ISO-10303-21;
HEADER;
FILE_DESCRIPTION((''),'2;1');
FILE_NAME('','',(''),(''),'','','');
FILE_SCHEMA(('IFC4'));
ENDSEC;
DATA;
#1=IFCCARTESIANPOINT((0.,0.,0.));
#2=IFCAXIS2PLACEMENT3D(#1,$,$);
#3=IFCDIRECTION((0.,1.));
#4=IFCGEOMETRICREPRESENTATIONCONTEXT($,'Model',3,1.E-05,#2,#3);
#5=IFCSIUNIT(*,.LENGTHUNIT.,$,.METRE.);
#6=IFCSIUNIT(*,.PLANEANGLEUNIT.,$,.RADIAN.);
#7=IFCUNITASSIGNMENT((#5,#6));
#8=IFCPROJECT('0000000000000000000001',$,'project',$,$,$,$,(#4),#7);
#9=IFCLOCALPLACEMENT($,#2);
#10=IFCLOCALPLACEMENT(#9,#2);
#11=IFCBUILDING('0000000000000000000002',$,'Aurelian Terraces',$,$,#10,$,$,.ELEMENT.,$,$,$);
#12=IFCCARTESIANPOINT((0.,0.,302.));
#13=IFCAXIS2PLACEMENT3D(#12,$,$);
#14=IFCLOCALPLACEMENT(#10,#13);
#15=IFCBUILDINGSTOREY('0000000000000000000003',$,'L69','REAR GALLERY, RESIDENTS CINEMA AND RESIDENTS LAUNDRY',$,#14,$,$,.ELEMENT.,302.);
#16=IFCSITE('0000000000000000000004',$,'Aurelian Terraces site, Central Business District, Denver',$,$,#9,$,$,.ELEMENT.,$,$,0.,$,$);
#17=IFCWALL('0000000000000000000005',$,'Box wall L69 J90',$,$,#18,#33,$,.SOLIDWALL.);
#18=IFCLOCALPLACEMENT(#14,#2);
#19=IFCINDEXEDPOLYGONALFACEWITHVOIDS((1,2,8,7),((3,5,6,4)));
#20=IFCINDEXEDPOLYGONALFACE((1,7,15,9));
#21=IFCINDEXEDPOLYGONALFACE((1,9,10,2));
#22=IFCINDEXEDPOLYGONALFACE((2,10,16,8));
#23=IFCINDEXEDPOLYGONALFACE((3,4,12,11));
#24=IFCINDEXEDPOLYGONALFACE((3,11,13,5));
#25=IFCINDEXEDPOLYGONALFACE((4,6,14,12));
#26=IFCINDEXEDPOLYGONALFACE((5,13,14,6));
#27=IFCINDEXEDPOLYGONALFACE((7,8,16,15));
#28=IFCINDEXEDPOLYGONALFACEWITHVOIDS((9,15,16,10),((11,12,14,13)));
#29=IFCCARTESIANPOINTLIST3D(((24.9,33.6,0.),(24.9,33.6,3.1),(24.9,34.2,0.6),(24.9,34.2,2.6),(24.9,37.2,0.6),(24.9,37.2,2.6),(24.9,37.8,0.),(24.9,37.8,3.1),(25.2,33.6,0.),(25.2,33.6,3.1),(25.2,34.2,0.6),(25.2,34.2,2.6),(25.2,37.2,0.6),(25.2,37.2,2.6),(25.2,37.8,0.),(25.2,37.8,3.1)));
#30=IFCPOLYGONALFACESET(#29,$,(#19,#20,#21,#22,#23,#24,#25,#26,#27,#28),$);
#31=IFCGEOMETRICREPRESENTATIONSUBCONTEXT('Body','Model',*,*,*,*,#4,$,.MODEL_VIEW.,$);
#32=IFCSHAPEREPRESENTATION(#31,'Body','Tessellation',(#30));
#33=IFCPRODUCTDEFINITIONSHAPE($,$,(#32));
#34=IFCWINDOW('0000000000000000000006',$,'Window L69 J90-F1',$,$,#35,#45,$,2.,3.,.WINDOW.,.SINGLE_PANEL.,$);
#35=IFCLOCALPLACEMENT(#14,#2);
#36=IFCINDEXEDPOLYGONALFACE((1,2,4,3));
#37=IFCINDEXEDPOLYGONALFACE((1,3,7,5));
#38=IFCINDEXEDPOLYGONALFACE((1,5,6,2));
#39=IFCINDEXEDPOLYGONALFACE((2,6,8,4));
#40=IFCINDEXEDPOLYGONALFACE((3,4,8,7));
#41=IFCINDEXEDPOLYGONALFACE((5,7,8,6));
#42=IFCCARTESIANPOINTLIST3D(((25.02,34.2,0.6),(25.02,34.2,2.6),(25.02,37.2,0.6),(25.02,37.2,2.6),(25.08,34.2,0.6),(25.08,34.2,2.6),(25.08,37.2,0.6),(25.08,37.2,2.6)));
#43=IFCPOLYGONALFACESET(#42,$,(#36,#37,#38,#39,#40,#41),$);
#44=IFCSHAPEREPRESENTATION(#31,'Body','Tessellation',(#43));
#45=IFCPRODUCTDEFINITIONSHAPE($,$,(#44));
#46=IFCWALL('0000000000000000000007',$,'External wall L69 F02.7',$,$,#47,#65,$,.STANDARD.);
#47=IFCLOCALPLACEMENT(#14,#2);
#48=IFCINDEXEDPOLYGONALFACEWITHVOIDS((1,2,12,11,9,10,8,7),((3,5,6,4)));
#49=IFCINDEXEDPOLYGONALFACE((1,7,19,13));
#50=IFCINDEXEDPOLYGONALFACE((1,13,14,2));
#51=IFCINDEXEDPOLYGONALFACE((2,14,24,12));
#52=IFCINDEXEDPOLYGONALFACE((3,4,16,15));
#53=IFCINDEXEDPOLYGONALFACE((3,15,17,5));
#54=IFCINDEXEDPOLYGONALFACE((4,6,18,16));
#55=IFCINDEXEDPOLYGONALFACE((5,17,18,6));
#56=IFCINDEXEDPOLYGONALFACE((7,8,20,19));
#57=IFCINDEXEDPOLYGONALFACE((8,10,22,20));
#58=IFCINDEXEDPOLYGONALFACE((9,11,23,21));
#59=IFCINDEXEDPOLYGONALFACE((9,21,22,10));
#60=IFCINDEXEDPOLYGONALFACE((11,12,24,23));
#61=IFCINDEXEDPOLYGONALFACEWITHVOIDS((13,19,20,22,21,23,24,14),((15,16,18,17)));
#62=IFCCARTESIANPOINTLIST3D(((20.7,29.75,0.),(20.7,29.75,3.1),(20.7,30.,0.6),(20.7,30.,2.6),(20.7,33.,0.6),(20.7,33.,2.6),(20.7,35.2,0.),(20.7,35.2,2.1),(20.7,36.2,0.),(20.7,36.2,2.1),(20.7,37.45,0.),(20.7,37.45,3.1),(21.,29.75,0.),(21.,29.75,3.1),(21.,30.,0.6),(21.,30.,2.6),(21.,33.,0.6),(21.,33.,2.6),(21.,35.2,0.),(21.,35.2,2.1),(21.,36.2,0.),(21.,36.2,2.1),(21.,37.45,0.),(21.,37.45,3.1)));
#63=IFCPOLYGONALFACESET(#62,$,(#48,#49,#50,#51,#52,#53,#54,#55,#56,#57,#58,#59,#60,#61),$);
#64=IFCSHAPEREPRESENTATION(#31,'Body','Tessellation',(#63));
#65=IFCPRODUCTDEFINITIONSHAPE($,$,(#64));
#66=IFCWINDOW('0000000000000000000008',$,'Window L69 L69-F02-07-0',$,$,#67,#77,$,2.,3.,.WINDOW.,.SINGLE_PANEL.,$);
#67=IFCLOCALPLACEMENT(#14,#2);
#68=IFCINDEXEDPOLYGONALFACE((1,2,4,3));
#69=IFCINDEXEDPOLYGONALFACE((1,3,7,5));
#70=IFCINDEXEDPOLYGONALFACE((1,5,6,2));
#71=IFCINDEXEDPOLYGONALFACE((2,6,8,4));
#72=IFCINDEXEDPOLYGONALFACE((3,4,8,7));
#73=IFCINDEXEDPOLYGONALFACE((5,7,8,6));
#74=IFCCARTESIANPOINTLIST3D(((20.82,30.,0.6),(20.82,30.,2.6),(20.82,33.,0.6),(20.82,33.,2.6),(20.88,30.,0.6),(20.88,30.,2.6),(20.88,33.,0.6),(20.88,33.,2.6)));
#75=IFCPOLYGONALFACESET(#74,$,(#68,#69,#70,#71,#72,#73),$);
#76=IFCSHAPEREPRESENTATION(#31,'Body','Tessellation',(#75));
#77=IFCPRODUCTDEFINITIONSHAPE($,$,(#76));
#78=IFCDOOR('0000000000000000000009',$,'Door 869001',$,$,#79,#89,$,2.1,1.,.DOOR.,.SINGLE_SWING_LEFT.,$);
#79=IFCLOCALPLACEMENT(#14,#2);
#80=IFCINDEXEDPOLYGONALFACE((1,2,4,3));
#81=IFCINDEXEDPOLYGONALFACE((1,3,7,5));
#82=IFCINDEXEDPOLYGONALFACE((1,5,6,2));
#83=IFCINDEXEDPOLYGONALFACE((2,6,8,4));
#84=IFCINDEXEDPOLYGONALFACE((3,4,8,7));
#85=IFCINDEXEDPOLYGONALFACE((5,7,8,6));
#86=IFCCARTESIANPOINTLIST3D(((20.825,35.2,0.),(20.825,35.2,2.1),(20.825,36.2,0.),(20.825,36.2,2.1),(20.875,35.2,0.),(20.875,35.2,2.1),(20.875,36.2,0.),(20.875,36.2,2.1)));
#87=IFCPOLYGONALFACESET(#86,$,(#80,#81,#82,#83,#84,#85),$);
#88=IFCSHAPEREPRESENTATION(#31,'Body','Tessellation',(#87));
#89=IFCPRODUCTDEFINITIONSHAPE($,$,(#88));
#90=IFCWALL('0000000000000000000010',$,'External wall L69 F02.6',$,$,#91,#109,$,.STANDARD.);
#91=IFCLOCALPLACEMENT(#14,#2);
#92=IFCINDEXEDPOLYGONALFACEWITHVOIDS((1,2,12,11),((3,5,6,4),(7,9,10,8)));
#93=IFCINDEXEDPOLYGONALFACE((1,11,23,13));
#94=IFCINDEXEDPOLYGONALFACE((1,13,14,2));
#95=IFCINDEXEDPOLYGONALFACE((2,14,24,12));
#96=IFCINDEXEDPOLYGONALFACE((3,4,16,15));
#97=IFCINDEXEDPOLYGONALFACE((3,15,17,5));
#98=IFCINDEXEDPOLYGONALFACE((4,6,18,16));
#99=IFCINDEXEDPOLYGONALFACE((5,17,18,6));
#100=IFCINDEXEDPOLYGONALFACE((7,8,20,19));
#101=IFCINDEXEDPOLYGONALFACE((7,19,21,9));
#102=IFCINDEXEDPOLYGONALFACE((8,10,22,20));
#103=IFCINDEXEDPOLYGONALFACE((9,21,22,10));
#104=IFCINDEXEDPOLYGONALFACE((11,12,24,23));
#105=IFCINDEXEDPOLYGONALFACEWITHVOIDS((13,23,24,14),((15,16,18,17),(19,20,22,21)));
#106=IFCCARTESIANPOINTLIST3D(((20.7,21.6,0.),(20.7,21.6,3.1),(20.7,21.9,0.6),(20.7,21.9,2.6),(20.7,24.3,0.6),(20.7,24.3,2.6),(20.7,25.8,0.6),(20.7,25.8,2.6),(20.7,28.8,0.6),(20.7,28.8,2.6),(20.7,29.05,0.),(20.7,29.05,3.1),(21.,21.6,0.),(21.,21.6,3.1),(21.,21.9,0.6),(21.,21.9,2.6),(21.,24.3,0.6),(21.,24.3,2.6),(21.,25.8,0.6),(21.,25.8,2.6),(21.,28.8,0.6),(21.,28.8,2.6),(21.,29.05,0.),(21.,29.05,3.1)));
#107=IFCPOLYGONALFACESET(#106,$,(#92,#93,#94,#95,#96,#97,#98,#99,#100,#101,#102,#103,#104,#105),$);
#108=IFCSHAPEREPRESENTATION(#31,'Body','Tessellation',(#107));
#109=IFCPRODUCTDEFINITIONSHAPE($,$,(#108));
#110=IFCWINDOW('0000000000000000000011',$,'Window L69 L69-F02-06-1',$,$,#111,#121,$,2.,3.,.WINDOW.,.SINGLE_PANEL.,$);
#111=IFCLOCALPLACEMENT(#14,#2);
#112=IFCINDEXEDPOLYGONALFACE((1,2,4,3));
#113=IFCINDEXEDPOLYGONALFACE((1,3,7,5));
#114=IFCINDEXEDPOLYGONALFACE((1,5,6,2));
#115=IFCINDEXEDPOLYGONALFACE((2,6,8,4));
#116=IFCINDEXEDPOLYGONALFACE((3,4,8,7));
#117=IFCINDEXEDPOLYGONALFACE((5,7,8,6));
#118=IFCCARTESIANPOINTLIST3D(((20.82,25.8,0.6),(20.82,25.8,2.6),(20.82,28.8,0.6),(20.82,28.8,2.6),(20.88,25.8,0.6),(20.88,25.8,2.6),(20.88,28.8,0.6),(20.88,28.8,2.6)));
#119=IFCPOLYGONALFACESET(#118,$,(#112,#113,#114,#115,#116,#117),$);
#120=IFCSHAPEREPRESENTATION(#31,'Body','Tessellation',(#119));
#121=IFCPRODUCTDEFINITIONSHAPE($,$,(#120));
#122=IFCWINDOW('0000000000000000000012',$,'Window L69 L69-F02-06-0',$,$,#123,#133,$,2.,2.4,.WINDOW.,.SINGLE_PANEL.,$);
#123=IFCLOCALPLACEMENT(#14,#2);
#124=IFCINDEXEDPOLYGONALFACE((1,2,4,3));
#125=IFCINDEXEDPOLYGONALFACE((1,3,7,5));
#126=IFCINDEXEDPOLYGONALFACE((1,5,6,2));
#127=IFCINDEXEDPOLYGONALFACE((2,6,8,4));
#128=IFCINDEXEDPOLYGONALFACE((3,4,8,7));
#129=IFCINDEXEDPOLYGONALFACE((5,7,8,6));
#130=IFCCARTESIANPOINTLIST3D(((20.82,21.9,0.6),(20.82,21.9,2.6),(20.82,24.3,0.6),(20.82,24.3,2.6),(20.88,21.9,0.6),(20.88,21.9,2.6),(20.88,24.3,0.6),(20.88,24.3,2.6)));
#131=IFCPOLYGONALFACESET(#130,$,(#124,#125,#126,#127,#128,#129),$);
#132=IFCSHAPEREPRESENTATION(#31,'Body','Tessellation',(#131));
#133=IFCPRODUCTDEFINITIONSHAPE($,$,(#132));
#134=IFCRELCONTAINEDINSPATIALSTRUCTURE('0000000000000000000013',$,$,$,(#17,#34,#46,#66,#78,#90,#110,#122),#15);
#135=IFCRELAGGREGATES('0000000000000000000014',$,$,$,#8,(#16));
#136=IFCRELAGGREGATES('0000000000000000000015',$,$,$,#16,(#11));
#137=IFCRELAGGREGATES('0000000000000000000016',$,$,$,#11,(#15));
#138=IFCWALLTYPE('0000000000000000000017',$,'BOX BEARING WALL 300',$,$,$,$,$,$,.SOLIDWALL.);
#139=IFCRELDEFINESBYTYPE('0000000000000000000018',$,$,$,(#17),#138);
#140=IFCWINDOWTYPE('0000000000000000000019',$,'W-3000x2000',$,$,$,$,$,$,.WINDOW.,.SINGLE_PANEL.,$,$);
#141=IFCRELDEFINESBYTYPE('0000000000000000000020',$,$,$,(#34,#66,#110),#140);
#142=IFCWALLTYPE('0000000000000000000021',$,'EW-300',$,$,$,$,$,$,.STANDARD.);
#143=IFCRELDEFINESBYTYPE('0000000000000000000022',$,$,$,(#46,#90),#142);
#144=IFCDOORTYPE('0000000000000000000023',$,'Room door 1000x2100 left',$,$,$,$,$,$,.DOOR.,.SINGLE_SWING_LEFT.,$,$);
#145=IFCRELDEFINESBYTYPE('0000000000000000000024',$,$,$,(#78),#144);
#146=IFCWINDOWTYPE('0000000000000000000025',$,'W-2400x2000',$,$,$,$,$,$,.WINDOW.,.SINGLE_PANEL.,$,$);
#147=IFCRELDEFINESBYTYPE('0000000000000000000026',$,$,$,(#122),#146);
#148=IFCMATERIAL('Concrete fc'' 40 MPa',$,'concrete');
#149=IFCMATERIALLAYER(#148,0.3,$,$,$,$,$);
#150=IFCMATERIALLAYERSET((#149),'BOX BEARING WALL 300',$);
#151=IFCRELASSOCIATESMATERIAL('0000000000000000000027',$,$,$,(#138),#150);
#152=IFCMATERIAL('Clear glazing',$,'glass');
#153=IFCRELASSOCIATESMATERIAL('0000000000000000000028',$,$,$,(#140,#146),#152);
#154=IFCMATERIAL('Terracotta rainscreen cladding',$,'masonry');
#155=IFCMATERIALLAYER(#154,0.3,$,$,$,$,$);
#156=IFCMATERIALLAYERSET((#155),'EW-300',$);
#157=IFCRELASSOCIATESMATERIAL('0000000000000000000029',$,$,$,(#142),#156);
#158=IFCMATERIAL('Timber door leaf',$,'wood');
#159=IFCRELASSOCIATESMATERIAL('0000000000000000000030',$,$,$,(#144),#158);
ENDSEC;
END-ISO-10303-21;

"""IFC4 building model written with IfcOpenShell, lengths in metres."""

from ifc_helpers import new_model, si_unit, direction, frame, frame_2d, origin, place, context, subcontext, project, spatial, rectangle, extrude, source, transform, mapped, material, layer, layer_set, type_object, element, fill, save


model = new_model("IFC4")

# Units and contexts
model_context = context("Model", 3, precision=1e-05, world=origin(), true_north=direction((0.0, 1.0)))
body_context = subcontext(model_context, "Body", "Model", "MODEL_VIEW")
ifc_project = project(units=[si_unit("LENGTHUNIT", "METRE"), si_unit("PLANEANGLEUNIT", "RADIAN")], contexts=[model_context])

# Site, building, storey
site_placement = place(None, origin())
site = spatial("IfcSite", under=ifc_project, at=site_placement, Name="Aurelian Terraces site, Central Business District, Denver", CompositionType="ELEMENT", RefElevation=0.0)
building_placement = place(site_placement, origin())
building = spatial("IfcBuilding", under=site, at=building_placement, Name="Aurelian Terraces", CompositionType="ELEMENT")
storey_placement = place(building_placement, frame((0.0, 0.0, 302.0)))
storey = spatial("IfcBuildingStorey", under=building, at=storey_placement, Name="L69", Description="REAR GALLERY, RESIDENTS CINEMA AND RESIDENTS LAUNDRY", CompositionType="ELEMENT", Elevation=302.0)

# Wall, opening, window
ifc_material_1 = material(Name="Concrete fc' 40 MPa", Category="concrete")
ifc_layer_1 = layer(ifc_material_1, 0.3)
ifc_layer_set_1 = layer_set([ifc_layer_1], Name="BOX BEARING WALL 300")
wall_type_1 = type_object("IfcWallType", Name="BOX BEARING WALL 300", PredefinedType="SOLIDWALL", material=ifc_layer_set_1)
wall_1_placement = place(storey_placement, frame((25.05, 33.6, 0.0), z_axis=(0.0, 0.0, 1.0), x_axis=(0.0, 1.0, 0.0)))
wall_1 = element("IfcWall", 1, at=wall_1_placement, inside=storey, type_object=wall_type_1, Name="Box wall L69 J90", PredefinedType="SOLIDWALL", context=body_context, shape_type="SweptSolid", body=[
    extrude(rectangle(XDim=4.2, YDim=0.3, at=frame_2d((2.1, 0.0))), origin(), (0.0, 0.0, 1.0), 3.1),
])
shared_shape_1 = source(origin(), body_context, "Body", "SweptSolid", [
    extrude(rectangle(XDim=3.0, YDim=2.0, at=frame_2d((1.5, 1.0))), frame((0.0, 0.16, 0.0), z_axis=(0.0, -1.0, 0.0), x_axis=(1.0, 0.0, 0.0)), (0.0, 0.0, 1.0), 0.32),
])
opening_1_placement = place(wall_1_placement, frame((0.6, 0.0, 0.6)))
opening_1 = element("IfcOpeningElement", 2, at=opening_1_placement, cuts=wall_1, PredefinedType="OPENING", context=body_context, shape_type="MappedRepresentation", body=[
    mapped(shared_shape_1, transform((0.0, 0.0, 0.0), scale=1.0)),
])
ifc_material_2 = material(Name="Clear glazing", Category="glass")
window_type_1 = type_object("IfcWindowType", Name="W-3000x2000", PartitioningType="SINGLE_PANEL", PredefinedType="WINDOW", material=ifc_material_2)
shared_shape_2 = source(origin(), body_context, "Body", "SweptSolid", [
    extrude(rectangle(XDim=3.0, YDim=2.0, at=frame_2d((1.5, 1.0))), frame((0.0, 0.03, 0.0), z_axis=(0.0, -1.0, 0.0), x_axis=(1.0, 0.0, 0.0)), (0.0, 0.0, 1.0), 0.06),
])
window_1_placement = place(opening_1_placement, origin())
window_1 = element("IfcWindow", 3, at=window_1_placement, inside=storey, type_object=window_type_1, Name="Window L69 J90-F1", OverallHeight=2.0, OverallWidth=3.0, PartitioningType="SINGLE_PANEL", PredefinedType="WINDOW", context=body_context, shape_type="MappedRepresentation", body=[
    mapped(shared_shape_2, transform((0.0, 0.0, 0.0), scale=1.0)),
])
fill(opening_1, window_1)

# Wall, openings, window, door
ifc_material_3 = material(Name="Terracotta rainscreen cladding", Category="masonry")
ifc_layer_2 = layer(ifc_material_3, 0.3)
ifc_layer_set_2 = layer_set([ifc_layer_2], Name="EW-300")
wall_type_2 = type_object("IfcWallType", Name="EW-300", PredefinedType="STANDARD", material=ifc_layer_set_2)
shared_shape_3 = source(origin(), body_context, "Body", "SweptSolid", [
    extrude(rectangle(XDim=7.7, YDim=0.3, at=frame_2d((3.85, 0.0))), origin(), (0.0, 0.0, 1.0), 3.1),
])
wall_2_placement = place(storey_placement, frame((20.85, 29.75, 0.0), z_axis=(0.0, 0.0, 1.0), x_axis=(0.0, 1.0, 0.0)))
wall_2 = element("IfcWall", 4, at=wall_2_placement, inside=storey, type_object=wall_type_2, Name="External wall L69 F02.7", PredefinedType="STANDARD", context=body_context, shape_type="MappedRepresentation", body=[
    mapped(shared_shape_3, transform((0.0, 0.0, 0.0), scale=1.0)),
])
opening_2_placement = place(wall_2_placement, frame((0.25, 0.0, 0.6)))
opening_2 = element("IfcOpeningElement", 5, at=opening_2_placement, cuts=wall_2, PredefinedType="OPENING", context=body_context, shape_type="MappedRepresentation", body=[
    mapped(shared_shape_1, transform((0.0, 0.0, 0.0), scale=1.0)),
])
shared_shape_4 = source(origin(), body_context, "Body", "SweptSolid", [
    extrude(rectangle(XDim=1.0, YDim=2.1, at=frame_2d((0.5, 1.05))), frame((0.0, 0.16, 0.0), z_axis=(0.0, -1.0, 0.0), x_axis=(1.0, 0.0, 0.0)), (0.0, 0.0, 1.0), 0.32),
])
opening_3_placement = place(wall_2_placement, frame((5.45, 0.0, 0.0)))
opening_3 = element("IfcOpeningElement", 6, at=opening_3_placement, cuts=wall_2, PredefinedType="OPENING", context=body_context, shape_type="MappedRepresentation", body=[
    mapped(shared_shape_4, transform((0.0, 0.0, 0.0), scale=1.0)),
])
window_2_placement = place(opening_2_placement, origin())
window_2 = element("IfcWindow", 7, at=window_2_placement, inside=storey, type_object=window_type_1, Name="Window L69 L69-F02-07-0", OverallHeight=2.0, OverallWidth=3.0, PartitioningType="SINGLE_PANEL", PredefinedType="WINDOW", context=body_context, shape_type="MappedRepresentation", body=[
    mapped(shared_shape_2, transform((0.0, 0.0, 0.0), scale=1.0)),
])
fill(opening_2, window_2)
ifc_material_4 = material(Name="Timber door leaf", Category="wood")
door_type = type_object("IfcDoorType", Name="Room door 1000x2100 left", OperationType="SINGLE_SWING_LEFT", PredefinedType="DOOR", material=ifc_material_4)
shared_shape_5 = source(origin(), body_context, "Body", "SweptSolid", [
    extrude(rectangle(XDim=1.0, YDim=2.1, at=frame_2d((0.5, 1.05))), frame((0.0, 0.025, 0.0), z_axis=(0.0, -1.0, 0.0), x_axis=(1.0, 0.0, 0.0)), (0.0, 0.0, 1.0), 0.05),
])
door_placement = place(opening_3_placement, origin())
door = element("IfcDoor", 8, at=door_placement, inside=storey, type_object=door_type, Name="Door 869001", OperationType="SINGLE_SWING_LEFT", OverallHeight=2.1, OverallWidth=1.0, PredefinedType="DOOR", context=body_context, shape_type="MappedRepresentation", body=[
    mapped(shared_shape_5, transform((0.0, 0.0, 0.0), scale=1.0)),
])
fill(opening_3, door)

# Wall, openings, windows
shared_shape_6 = source(origin(), body_context, "Body", "SweptSolid", [
    extrude(rectangle(XDim=7.45, YDim=0.3, at=frame_2d((3.725, 0.0))), origin(), (0.0, 0.0, 1.0), 3.1),
])
wall_3_placement = place(storey_placement, frame((20.85, 21.6, 0.0), z_axis=(0.0, 0.0, 1.0), x_axis=(0.0, 1.0, 0.0)))
wall_3 = element("IfcWall", 9, at=wall_3_placement, inside=storey, type_object=wall_type_2, Name="External wall L69 F02.6", PredefinedType="STANDARD", context=body_context, shape_type="MappedRepresentation", body=[
    mapped(shared_shape_6, transform((0.0, 0.0, 0.0), scale=1.0)),
])
shared_shape_7 = source(origin(), body_context, "Body", "SweptSolid", [
    extrude(rectangle(XDim=2.4, YDim=2.0, at=frame_2d((1.2, 1.0))), frame((0.0, 0.16, 0.0), z_axis=(0.0, -1.0, 0.0), x_axis=(1.0, 0.0, 0.0)), (0.0, 0.0, 1.0), 0.32),
])
opening_4_placement = place(wall_3_placement, frame((0.3, 0.0, 0.6)))
opening_4 = element("IfcOpeningElement", 10, at=opening_4_placement, cuts=wall_3, PredefinedType="OPENING", context=body_context, shape_type="MappedRepresentation", body=[
    mapped(shared_shape_7, transform((0.0, 0.0, 0.0), scale=1.0)),
])
opening_5_placement = place(wall_3_placement, frame((4.2, 0.0, 0.6)))
opening_5 = element("IfcOpeningElement", 11, at=opening_5_placement, cuts=wall_3, PredefinedType="OPENING", context=body_context, shape_type="MappedRepresentation", body=[
    mapped(shared_shape_1, transform((0.0, 0.0, 0.0), scale=1.0)),
])
window_3_placement = place(opening_5_placement, origin())
window_3 = element("IfcWindow", 12, at=window_3_placement, inside=storey, type_object=window_type_1, Name="Window L69 L69-F02-06-1", OverallHeight=2.0, OverallWidth=3.0, PartitioningType="SINGLE_PANEL", PredefinedType="WINDOW", context=body_context, shape_type="MappedRepresentation", body=[
    mapped(shared_shape_2, transform((0.0, 0.0, 0.0), scale=1.0)),
])
fill(opening_5, window_3)
window_type_2 = type_object("IfcWindowType", Name="W-2400x2000", PartitioningType="SINGLE_PANEL", PredefinedType="WINDOW", material=ifc_material_2)
shared_shape_8 = source(origin(), body_context, "Body", "SweptSolid", [
    extrude(rectangle(XDim=2.4, YDim=2.0, at=frame_2d((1.2, 1.0))), frame((0.0, 0.03, 0.0), z_axis=(0.0, -1.0, 0.0), x_axis=(1.0, 0.0, 0.0)), (0.0, 0.0, 1.0), 0.06),
])
window_4_placement = place(opening_4_placement, origin())
window_4 = element("IfcWindow", 13, at=window_4_placement, inside=storey, type_object=window_type_2, Name="Window L69 L69-F02-06-0", OverallHeight=2.0, OverallWidth=2.4, PartitioningType="SINGLE_PANEL", PredefinedType="WINDOW", context=body_context, shape_type="MappedRepresentation", body=[
    mapped(shared_shape_8, transform((0.0, 0.0, 0.0), scale=1.0)),
])
fill(opening_4, window_4)

save(model, "model.ifc")
